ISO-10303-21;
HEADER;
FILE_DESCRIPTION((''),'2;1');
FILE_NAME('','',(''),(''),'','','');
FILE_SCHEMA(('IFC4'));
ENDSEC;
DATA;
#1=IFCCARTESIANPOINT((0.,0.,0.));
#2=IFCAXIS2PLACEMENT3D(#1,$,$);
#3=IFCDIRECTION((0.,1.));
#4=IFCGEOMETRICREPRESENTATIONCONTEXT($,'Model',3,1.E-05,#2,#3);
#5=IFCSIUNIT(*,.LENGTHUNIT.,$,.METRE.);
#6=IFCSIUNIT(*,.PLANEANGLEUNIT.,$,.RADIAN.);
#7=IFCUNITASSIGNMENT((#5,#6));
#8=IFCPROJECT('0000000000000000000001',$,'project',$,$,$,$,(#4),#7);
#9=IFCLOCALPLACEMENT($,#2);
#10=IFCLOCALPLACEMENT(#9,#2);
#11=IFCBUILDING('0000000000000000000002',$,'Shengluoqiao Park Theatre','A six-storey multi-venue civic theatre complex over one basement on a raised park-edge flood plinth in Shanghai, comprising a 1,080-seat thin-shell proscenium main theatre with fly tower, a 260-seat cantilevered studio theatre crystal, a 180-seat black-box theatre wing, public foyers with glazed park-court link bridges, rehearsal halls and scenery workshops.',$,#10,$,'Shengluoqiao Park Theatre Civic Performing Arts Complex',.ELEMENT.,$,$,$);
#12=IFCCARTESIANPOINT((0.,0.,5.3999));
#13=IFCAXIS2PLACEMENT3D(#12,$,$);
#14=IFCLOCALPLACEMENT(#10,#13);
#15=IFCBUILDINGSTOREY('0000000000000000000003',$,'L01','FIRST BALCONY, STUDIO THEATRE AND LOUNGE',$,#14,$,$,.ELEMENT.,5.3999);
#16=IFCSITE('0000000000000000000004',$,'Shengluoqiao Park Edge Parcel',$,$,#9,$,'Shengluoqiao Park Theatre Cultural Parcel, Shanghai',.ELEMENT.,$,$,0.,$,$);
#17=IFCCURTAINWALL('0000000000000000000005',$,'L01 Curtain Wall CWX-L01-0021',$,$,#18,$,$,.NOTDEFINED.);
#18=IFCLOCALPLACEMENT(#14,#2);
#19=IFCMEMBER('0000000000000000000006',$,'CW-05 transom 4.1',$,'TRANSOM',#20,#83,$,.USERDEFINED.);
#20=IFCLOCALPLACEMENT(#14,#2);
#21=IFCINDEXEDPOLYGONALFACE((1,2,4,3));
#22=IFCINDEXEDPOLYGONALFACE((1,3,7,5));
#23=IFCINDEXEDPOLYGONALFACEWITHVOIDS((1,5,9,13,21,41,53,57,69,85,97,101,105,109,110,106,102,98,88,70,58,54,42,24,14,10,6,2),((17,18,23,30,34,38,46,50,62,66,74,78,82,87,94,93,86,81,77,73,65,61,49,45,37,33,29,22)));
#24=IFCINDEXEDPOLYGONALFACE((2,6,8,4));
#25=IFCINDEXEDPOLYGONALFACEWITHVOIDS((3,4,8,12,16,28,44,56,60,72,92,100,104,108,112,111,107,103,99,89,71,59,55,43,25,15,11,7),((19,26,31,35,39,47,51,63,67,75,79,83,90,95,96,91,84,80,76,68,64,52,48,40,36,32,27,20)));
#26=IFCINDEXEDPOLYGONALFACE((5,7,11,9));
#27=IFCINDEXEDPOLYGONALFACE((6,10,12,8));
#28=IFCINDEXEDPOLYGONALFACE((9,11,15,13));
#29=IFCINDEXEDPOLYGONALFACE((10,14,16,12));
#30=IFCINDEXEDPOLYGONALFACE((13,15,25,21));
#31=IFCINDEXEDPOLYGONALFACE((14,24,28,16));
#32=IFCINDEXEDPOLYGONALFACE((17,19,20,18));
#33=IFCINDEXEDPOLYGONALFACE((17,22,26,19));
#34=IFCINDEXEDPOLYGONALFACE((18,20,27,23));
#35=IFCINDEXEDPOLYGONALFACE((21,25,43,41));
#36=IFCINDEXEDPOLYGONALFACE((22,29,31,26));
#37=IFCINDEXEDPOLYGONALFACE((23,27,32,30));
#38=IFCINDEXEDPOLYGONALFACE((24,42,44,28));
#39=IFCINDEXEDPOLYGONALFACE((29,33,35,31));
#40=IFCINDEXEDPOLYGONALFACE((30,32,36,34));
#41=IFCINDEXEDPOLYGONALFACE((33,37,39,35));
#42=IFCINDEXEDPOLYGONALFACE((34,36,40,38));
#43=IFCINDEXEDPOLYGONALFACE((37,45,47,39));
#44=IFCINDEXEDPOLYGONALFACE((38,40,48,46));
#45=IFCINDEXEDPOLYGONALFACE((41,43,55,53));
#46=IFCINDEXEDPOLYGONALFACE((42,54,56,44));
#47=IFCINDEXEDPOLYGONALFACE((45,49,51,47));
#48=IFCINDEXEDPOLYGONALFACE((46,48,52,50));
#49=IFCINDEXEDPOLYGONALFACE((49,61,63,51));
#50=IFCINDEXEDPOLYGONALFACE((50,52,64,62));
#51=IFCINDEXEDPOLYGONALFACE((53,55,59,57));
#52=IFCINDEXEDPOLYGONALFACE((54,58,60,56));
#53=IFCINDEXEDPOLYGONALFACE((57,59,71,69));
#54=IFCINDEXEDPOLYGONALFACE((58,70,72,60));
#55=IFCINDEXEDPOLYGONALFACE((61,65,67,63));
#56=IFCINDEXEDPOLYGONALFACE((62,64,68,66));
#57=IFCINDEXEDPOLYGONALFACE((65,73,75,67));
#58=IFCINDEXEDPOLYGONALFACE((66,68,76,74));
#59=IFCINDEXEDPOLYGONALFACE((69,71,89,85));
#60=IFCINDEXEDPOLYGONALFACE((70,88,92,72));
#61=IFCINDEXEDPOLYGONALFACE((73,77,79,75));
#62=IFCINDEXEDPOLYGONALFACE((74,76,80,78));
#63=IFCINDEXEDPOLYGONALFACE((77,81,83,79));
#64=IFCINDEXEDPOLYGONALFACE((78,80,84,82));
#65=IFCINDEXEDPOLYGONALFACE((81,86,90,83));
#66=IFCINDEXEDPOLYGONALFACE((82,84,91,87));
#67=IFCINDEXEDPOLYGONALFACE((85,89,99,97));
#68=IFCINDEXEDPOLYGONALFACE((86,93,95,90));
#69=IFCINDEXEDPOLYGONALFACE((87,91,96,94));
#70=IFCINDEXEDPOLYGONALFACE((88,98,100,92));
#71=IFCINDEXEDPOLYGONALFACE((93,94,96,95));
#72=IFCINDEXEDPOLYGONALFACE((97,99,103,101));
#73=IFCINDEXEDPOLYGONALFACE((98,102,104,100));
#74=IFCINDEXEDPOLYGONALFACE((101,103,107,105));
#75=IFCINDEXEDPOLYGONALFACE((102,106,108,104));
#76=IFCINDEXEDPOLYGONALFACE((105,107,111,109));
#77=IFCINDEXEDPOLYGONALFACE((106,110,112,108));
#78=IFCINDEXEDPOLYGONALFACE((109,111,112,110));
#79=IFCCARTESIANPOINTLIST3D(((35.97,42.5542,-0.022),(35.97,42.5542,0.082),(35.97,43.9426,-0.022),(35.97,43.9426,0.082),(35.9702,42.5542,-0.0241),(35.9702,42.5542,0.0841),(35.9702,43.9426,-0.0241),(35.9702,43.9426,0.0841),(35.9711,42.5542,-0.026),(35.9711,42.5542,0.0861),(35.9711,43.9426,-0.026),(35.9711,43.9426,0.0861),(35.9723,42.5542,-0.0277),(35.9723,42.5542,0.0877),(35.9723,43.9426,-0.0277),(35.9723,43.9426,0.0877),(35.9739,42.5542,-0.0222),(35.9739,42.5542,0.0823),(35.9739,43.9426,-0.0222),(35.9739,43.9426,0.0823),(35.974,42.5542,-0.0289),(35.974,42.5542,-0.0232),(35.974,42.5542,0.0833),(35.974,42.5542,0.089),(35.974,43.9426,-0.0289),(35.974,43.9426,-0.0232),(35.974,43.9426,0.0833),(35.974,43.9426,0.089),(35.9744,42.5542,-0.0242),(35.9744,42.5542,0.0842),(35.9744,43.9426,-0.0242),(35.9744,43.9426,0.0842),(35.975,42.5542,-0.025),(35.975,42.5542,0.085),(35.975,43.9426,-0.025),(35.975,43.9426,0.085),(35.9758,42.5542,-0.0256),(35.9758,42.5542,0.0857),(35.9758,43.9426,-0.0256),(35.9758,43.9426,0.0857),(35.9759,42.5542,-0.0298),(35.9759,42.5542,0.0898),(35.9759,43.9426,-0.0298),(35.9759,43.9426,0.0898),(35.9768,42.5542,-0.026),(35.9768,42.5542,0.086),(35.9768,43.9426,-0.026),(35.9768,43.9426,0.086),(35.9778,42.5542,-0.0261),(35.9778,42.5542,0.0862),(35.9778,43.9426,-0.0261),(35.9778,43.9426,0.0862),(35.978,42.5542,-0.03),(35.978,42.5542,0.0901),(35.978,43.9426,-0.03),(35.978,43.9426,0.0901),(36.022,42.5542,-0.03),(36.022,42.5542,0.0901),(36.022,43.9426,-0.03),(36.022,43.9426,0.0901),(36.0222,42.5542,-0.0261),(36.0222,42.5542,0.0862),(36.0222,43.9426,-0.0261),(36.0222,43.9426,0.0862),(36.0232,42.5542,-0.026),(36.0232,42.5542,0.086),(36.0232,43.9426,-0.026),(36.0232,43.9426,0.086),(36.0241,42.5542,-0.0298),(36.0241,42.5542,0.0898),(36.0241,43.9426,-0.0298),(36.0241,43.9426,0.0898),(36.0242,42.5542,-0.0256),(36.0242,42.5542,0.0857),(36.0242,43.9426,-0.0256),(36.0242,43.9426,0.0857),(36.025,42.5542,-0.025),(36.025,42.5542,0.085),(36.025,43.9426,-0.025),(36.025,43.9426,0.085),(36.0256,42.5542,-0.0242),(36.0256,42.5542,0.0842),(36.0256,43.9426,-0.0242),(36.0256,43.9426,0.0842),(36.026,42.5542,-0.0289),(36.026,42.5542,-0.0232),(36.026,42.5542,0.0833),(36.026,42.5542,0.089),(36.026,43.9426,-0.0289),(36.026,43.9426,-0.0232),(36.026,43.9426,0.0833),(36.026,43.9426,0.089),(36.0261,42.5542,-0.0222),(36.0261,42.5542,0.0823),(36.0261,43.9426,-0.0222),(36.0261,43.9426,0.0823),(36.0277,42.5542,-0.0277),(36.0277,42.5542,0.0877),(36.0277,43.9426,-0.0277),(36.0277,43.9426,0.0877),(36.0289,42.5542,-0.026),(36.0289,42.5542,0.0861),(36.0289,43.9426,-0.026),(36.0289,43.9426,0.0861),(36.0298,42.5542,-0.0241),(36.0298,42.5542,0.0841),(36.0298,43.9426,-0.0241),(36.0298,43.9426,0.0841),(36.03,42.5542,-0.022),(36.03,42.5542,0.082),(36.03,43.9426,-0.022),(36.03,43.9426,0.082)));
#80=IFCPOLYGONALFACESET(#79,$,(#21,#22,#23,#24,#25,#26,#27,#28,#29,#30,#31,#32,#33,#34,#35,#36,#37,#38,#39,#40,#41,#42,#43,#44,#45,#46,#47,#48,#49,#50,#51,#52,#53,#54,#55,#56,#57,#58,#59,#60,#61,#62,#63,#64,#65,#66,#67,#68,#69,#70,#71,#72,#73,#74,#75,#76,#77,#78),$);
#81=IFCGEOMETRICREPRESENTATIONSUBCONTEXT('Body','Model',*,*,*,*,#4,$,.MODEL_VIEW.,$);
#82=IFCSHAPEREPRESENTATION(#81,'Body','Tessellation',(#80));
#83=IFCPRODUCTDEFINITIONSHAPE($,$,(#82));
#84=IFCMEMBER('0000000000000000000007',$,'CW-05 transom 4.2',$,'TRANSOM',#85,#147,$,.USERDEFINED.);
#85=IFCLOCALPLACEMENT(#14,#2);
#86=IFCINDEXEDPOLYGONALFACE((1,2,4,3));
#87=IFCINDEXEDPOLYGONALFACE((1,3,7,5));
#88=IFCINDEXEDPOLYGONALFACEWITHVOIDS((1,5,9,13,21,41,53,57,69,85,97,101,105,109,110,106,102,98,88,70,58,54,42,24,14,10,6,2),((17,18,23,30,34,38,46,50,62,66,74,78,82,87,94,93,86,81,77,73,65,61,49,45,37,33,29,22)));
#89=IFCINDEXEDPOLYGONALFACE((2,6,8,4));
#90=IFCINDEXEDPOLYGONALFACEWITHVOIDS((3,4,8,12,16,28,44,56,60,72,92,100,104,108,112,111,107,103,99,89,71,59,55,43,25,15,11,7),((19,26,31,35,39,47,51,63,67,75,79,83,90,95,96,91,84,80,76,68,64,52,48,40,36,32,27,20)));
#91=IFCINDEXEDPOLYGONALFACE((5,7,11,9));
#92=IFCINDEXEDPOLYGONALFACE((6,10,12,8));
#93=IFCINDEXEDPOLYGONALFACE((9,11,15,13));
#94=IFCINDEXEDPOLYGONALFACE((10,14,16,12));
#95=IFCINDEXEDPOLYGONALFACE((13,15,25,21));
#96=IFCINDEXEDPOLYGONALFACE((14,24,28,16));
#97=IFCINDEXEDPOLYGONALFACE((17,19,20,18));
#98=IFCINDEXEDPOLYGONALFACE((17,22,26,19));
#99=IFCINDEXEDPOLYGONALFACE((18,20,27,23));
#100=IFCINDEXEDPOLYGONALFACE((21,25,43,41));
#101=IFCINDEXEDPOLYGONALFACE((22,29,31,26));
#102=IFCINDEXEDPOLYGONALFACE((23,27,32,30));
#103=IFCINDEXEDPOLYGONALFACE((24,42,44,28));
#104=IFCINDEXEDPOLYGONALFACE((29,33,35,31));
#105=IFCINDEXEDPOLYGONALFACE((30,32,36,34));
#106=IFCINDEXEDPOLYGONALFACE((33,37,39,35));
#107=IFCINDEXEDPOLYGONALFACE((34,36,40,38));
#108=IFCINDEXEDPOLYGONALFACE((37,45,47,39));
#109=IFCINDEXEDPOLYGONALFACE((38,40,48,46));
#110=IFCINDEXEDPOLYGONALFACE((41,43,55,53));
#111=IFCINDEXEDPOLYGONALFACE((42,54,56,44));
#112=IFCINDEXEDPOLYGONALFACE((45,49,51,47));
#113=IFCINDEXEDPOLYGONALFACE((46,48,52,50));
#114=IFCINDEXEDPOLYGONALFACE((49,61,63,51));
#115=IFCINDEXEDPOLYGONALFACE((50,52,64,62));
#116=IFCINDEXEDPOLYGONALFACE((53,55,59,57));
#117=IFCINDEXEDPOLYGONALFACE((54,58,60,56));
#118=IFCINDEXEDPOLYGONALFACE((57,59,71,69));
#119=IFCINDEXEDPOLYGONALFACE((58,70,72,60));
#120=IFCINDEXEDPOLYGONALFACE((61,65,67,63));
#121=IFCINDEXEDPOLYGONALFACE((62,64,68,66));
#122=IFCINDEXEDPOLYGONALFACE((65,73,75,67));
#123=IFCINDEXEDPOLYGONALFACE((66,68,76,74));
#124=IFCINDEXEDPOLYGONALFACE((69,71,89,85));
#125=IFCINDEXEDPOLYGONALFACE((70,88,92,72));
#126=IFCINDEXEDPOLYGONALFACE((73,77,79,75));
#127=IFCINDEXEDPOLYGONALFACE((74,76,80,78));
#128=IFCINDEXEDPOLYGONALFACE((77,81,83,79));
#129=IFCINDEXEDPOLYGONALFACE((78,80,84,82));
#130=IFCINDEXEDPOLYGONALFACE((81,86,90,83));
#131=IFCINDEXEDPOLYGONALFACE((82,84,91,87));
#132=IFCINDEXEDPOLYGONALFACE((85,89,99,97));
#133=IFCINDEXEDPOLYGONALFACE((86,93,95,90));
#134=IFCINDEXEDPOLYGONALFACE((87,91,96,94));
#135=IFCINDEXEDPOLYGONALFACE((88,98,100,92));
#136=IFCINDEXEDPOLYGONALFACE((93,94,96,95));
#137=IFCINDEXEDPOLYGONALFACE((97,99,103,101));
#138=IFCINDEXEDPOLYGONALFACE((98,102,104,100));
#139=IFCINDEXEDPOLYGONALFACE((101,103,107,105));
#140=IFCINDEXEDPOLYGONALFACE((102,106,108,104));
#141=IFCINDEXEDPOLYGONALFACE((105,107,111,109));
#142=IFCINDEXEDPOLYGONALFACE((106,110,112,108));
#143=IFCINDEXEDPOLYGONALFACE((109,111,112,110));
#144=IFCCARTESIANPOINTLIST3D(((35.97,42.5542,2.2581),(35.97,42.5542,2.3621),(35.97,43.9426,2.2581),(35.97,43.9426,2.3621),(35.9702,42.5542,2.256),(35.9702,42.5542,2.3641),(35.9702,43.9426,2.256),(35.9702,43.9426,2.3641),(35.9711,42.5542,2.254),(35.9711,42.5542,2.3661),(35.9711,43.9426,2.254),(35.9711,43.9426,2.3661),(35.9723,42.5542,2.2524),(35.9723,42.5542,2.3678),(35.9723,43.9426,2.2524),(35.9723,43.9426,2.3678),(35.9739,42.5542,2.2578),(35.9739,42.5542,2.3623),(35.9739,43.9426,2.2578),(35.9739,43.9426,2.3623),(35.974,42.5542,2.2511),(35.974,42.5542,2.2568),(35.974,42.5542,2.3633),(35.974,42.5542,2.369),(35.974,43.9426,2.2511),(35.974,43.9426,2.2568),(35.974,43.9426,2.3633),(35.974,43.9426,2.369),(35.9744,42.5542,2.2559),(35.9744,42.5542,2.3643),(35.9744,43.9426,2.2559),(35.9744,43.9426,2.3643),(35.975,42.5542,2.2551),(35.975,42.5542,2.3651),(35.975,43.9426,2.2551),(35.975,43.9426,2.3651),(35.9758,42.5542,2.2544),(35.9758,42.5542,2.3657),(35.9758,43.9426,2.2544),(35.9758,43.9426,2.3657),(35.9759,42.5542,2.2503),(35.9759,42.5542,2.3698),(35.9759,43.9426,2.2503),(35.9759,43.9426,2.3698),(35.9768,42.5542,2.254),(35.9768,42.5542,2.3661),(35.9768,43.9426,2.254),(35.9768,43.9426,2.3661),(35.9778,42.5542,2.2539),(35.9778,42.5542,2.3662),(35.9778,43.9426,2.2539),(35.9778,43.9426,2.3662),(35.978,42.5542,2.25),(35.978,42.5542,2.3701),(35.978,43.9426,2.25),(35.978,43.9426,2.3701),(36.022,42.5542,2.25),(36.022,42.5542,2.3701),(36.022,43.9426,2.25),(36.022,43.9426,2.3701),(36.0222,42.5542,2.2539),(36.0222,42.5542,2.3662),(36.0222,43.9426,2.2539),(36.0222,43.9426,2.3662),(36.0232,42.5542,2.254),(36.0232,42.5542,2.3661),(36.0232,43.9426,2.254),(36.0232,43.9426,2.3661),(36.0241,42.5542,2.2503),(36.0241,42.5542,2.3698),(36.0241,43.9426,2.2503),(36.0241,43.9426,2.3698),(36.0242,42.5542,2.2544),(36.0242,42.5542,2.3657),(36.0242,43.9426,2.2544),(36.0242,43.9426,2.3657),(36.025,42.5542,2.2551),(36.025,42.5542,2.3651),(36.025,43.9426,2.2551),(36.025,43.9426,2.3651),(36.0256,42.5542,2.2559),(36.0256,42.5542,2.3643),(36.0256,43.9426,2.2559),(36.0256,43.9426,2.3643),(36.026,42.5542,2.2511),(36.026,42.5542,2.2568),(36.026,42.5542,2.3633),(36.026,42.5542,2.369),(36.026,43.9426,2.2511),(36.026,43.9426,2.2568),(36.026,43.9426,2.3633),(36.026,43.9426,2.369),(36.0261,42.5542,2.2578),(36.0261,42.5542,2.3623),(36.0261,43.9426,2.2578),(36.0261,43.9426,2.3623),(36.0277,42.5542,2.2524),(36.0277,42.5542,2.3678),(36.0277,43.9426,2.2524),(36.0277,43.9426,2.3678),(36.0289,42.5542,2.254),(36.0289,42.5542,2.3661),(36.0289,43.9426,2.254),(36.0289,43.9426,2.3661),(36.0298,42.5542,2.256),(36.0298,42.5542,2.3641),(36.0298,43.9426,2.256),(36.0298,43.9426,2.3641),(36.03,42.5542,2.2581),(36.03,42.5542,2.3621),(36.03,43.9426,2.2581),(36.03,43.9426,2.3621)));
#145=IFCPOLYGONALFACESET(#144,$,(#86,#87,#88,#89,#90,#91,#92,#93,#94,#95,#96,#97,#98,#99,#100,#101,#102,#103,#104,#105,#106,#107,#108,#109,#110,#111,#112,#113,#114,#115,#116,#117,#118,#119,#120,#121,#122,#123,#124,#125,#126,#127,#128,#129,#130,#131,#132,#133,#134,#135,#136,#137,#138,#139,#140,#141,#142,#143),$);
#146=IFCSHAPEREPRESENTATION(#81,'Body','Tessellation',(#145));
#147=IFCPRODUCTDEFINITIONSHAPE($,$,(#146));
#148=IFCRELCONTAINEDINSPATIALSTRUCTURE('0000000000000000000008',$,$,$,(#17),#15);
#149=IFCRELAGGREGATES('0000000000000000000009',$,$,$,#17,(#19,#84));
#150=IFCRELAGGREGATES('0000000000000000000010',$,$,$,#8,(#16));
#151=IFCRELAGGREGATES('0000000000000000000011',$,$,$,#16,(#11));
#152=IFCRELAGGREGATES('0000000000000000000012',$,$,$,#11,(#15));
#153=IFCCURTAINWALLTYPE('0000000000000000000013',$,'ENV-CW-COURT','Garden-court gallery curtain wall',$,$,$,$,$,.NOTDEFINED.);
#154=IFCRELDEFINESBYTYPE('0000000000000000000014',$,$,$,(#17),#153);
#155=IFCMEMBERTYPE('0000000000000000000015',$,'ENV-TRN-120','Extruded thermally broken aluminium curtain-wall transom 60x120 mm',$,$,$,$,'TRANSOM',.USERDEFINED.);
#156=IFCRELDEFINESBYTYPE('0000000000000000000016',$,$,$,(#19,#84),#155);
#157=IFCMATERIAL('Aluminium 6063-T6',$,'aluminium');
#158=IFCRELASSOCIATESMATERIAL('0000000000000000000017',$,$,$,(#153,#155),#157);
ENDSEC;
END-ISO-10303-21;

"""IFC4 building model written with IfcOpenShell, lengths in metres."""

from ifc_helpers import new_model, si_unit, direction, frame, origin, origin_2d, place, context, subcontext, project, spatial, hollow_rectangle, extrude, material, material_profile, profile_set, type_object, element, aggregate, save


model = new_model("IFC4")

# Units and contexts
model_context = context("Model", 3, precision=1e-05, world=origin(), true_north=direction((0.0, 1.0)))
body_context = subcontext(model_context, "Body", "Model", "MODEL_VIEW")
ifc_project = project(units=[si_unit("LENGTHUNIT", "METRE"), si_unit("PLANEANGLEUNIT", "RADIAN")], contexts=[model_context])

# Site, building, storey
site_placement = place(None, origin())
site = spatial("IfcSite", under=ifc_project, at=site_placement, Name="Shengluoqiao Park Edge Parcel", LongName="Shengluoqiao Park Theatre Cultural Parcel, Shanghai", CompositionType="ELEMENT", RefElevation=0.0)
building_placement = place(site_placement, origin())
building = spatial("IfcBuilding", under=site, at=building_placement, Name="Shengluoqiao Park Theatre", Description="A six-storey multi-venue civic theatre complex over one basement on a raised park-edge flood plinth in Shanghai, comprising a 1,080-seat thin-shell proscenium main theatre with fly tower, a 260-seat cantilevered studio theatre crystal, a 180-seat black-box theatre wing, public foyers with glazed park-court link bridges, rehearsal halls and scenery workshops.", LongName="Shengluoqiao Park Theatre Civic Performing Arts Complex", CompositionType="ELEMENT")
storey_placement = place(building_placement, frame((0.0, 0.0, 5.3999)))
storey = spatial("IfcBuildingStorey", under=building, at=storey_placement, Name="L01", Description="FIRST BALCONY, STUDIO THEATRE AND LOUNGE", CompositionType="ELEMENT", Elevation=5.3999)

# Curtain wall
ifc_material_1 = material(Name="Aluminium 6063-T6", Category="aluminium")
curtain_wall_type = type_object("IfcCurtainWallType", Name="ENV-CW-COURT", Description="Garden-court gallery curtain wall", PredefinedType="NOTDEFINED", material=ifc_material_1)
curtain_wall_1_placement = place(storey_placement, origin())
curtain_wall_1 = element("IfcCurtainWall", 1, at=curtain_wall_1_placement, inside=storey, type_object=curtain_wall_type, Name="L01 Curtain Wall CWX-L01-0021", PredefinedType="NOTDEFINED")

# Members
ifc_material_profile_1 = material_profile(ifc_material_1, hollow_rectangle(XDim=0.0601, YDim=0.1201, WallThickness=0.0039, InnerFilletRadius=0.0039, OuterFilletRadius=0.0081, at=origin_2d()), Name="ALU TRANSOM 120x60x4")
ifc_profile_set_1 = profile_set([ifc_material_profile_1], Name="Aluminium 6063-T6")
member_type_1 = type_object("IfcMemberType", Name="ENV-TRN-120", Description="Extruded thermally broken aluminium curtain-wall transom 60x120 mm", ElementType="TRANSOM", PredefinedType="USERDEFINED", material=ifc_profile_set_1)
member_1_placement = place(storey_placement, frame((36.0, 42.5542, 0.03), z_axis=(0.0, 1.0, 0.0), x_axis=(-1.0, 0.0, 0.0)))
member_1 = element("IfcMember", 2, at=member_1_placement, type_object=member_type_1, Name="CW-05 transom 4.1", ObjectType="TRANSOM", PredefinedType="USERDEFINED", context=body_context, shape_type="SweptSolid", body=[
    extrude(hollow_rectangle(XDim=0.0601, YDim=0.1201, WallThickness=0.0039, InnerFilletRadius=0.0039, OuterFilletRadius=0.0081, at=origin_2d()), origin(), (0.0, 0.0, 1.0), 1.3884),
])
member_2_placement = place(storey_placement, frame((36.0, 42.5542, 2.3101), z_axis=(0.0, 1.0, 0.0), x_axis=(-1.0, 0.0, 0.0)))
member_2 = element("IfcMember", 3, at=member_2_placement, type_object=member_type_1, Name="CW-05 transom 4.2", ObjectType="TRANSOM", PredefinedType="USERDEFINED", context=body_context, shape_type="SweptSolid", body=[
    extrude(hollow_rectangle(XDim=0.0601, YDim=0.1201, WallThickness=0.0039, InnerFilletRadius=0.0039, OuterFilletRadius=0.0081, at=origin_2d()), origin(), (0.0, 0.0, 1.0), 1.3884),
])

aggregate(curtain_wall_1, [member_1, member_2])

save(model, "model.ifc")
